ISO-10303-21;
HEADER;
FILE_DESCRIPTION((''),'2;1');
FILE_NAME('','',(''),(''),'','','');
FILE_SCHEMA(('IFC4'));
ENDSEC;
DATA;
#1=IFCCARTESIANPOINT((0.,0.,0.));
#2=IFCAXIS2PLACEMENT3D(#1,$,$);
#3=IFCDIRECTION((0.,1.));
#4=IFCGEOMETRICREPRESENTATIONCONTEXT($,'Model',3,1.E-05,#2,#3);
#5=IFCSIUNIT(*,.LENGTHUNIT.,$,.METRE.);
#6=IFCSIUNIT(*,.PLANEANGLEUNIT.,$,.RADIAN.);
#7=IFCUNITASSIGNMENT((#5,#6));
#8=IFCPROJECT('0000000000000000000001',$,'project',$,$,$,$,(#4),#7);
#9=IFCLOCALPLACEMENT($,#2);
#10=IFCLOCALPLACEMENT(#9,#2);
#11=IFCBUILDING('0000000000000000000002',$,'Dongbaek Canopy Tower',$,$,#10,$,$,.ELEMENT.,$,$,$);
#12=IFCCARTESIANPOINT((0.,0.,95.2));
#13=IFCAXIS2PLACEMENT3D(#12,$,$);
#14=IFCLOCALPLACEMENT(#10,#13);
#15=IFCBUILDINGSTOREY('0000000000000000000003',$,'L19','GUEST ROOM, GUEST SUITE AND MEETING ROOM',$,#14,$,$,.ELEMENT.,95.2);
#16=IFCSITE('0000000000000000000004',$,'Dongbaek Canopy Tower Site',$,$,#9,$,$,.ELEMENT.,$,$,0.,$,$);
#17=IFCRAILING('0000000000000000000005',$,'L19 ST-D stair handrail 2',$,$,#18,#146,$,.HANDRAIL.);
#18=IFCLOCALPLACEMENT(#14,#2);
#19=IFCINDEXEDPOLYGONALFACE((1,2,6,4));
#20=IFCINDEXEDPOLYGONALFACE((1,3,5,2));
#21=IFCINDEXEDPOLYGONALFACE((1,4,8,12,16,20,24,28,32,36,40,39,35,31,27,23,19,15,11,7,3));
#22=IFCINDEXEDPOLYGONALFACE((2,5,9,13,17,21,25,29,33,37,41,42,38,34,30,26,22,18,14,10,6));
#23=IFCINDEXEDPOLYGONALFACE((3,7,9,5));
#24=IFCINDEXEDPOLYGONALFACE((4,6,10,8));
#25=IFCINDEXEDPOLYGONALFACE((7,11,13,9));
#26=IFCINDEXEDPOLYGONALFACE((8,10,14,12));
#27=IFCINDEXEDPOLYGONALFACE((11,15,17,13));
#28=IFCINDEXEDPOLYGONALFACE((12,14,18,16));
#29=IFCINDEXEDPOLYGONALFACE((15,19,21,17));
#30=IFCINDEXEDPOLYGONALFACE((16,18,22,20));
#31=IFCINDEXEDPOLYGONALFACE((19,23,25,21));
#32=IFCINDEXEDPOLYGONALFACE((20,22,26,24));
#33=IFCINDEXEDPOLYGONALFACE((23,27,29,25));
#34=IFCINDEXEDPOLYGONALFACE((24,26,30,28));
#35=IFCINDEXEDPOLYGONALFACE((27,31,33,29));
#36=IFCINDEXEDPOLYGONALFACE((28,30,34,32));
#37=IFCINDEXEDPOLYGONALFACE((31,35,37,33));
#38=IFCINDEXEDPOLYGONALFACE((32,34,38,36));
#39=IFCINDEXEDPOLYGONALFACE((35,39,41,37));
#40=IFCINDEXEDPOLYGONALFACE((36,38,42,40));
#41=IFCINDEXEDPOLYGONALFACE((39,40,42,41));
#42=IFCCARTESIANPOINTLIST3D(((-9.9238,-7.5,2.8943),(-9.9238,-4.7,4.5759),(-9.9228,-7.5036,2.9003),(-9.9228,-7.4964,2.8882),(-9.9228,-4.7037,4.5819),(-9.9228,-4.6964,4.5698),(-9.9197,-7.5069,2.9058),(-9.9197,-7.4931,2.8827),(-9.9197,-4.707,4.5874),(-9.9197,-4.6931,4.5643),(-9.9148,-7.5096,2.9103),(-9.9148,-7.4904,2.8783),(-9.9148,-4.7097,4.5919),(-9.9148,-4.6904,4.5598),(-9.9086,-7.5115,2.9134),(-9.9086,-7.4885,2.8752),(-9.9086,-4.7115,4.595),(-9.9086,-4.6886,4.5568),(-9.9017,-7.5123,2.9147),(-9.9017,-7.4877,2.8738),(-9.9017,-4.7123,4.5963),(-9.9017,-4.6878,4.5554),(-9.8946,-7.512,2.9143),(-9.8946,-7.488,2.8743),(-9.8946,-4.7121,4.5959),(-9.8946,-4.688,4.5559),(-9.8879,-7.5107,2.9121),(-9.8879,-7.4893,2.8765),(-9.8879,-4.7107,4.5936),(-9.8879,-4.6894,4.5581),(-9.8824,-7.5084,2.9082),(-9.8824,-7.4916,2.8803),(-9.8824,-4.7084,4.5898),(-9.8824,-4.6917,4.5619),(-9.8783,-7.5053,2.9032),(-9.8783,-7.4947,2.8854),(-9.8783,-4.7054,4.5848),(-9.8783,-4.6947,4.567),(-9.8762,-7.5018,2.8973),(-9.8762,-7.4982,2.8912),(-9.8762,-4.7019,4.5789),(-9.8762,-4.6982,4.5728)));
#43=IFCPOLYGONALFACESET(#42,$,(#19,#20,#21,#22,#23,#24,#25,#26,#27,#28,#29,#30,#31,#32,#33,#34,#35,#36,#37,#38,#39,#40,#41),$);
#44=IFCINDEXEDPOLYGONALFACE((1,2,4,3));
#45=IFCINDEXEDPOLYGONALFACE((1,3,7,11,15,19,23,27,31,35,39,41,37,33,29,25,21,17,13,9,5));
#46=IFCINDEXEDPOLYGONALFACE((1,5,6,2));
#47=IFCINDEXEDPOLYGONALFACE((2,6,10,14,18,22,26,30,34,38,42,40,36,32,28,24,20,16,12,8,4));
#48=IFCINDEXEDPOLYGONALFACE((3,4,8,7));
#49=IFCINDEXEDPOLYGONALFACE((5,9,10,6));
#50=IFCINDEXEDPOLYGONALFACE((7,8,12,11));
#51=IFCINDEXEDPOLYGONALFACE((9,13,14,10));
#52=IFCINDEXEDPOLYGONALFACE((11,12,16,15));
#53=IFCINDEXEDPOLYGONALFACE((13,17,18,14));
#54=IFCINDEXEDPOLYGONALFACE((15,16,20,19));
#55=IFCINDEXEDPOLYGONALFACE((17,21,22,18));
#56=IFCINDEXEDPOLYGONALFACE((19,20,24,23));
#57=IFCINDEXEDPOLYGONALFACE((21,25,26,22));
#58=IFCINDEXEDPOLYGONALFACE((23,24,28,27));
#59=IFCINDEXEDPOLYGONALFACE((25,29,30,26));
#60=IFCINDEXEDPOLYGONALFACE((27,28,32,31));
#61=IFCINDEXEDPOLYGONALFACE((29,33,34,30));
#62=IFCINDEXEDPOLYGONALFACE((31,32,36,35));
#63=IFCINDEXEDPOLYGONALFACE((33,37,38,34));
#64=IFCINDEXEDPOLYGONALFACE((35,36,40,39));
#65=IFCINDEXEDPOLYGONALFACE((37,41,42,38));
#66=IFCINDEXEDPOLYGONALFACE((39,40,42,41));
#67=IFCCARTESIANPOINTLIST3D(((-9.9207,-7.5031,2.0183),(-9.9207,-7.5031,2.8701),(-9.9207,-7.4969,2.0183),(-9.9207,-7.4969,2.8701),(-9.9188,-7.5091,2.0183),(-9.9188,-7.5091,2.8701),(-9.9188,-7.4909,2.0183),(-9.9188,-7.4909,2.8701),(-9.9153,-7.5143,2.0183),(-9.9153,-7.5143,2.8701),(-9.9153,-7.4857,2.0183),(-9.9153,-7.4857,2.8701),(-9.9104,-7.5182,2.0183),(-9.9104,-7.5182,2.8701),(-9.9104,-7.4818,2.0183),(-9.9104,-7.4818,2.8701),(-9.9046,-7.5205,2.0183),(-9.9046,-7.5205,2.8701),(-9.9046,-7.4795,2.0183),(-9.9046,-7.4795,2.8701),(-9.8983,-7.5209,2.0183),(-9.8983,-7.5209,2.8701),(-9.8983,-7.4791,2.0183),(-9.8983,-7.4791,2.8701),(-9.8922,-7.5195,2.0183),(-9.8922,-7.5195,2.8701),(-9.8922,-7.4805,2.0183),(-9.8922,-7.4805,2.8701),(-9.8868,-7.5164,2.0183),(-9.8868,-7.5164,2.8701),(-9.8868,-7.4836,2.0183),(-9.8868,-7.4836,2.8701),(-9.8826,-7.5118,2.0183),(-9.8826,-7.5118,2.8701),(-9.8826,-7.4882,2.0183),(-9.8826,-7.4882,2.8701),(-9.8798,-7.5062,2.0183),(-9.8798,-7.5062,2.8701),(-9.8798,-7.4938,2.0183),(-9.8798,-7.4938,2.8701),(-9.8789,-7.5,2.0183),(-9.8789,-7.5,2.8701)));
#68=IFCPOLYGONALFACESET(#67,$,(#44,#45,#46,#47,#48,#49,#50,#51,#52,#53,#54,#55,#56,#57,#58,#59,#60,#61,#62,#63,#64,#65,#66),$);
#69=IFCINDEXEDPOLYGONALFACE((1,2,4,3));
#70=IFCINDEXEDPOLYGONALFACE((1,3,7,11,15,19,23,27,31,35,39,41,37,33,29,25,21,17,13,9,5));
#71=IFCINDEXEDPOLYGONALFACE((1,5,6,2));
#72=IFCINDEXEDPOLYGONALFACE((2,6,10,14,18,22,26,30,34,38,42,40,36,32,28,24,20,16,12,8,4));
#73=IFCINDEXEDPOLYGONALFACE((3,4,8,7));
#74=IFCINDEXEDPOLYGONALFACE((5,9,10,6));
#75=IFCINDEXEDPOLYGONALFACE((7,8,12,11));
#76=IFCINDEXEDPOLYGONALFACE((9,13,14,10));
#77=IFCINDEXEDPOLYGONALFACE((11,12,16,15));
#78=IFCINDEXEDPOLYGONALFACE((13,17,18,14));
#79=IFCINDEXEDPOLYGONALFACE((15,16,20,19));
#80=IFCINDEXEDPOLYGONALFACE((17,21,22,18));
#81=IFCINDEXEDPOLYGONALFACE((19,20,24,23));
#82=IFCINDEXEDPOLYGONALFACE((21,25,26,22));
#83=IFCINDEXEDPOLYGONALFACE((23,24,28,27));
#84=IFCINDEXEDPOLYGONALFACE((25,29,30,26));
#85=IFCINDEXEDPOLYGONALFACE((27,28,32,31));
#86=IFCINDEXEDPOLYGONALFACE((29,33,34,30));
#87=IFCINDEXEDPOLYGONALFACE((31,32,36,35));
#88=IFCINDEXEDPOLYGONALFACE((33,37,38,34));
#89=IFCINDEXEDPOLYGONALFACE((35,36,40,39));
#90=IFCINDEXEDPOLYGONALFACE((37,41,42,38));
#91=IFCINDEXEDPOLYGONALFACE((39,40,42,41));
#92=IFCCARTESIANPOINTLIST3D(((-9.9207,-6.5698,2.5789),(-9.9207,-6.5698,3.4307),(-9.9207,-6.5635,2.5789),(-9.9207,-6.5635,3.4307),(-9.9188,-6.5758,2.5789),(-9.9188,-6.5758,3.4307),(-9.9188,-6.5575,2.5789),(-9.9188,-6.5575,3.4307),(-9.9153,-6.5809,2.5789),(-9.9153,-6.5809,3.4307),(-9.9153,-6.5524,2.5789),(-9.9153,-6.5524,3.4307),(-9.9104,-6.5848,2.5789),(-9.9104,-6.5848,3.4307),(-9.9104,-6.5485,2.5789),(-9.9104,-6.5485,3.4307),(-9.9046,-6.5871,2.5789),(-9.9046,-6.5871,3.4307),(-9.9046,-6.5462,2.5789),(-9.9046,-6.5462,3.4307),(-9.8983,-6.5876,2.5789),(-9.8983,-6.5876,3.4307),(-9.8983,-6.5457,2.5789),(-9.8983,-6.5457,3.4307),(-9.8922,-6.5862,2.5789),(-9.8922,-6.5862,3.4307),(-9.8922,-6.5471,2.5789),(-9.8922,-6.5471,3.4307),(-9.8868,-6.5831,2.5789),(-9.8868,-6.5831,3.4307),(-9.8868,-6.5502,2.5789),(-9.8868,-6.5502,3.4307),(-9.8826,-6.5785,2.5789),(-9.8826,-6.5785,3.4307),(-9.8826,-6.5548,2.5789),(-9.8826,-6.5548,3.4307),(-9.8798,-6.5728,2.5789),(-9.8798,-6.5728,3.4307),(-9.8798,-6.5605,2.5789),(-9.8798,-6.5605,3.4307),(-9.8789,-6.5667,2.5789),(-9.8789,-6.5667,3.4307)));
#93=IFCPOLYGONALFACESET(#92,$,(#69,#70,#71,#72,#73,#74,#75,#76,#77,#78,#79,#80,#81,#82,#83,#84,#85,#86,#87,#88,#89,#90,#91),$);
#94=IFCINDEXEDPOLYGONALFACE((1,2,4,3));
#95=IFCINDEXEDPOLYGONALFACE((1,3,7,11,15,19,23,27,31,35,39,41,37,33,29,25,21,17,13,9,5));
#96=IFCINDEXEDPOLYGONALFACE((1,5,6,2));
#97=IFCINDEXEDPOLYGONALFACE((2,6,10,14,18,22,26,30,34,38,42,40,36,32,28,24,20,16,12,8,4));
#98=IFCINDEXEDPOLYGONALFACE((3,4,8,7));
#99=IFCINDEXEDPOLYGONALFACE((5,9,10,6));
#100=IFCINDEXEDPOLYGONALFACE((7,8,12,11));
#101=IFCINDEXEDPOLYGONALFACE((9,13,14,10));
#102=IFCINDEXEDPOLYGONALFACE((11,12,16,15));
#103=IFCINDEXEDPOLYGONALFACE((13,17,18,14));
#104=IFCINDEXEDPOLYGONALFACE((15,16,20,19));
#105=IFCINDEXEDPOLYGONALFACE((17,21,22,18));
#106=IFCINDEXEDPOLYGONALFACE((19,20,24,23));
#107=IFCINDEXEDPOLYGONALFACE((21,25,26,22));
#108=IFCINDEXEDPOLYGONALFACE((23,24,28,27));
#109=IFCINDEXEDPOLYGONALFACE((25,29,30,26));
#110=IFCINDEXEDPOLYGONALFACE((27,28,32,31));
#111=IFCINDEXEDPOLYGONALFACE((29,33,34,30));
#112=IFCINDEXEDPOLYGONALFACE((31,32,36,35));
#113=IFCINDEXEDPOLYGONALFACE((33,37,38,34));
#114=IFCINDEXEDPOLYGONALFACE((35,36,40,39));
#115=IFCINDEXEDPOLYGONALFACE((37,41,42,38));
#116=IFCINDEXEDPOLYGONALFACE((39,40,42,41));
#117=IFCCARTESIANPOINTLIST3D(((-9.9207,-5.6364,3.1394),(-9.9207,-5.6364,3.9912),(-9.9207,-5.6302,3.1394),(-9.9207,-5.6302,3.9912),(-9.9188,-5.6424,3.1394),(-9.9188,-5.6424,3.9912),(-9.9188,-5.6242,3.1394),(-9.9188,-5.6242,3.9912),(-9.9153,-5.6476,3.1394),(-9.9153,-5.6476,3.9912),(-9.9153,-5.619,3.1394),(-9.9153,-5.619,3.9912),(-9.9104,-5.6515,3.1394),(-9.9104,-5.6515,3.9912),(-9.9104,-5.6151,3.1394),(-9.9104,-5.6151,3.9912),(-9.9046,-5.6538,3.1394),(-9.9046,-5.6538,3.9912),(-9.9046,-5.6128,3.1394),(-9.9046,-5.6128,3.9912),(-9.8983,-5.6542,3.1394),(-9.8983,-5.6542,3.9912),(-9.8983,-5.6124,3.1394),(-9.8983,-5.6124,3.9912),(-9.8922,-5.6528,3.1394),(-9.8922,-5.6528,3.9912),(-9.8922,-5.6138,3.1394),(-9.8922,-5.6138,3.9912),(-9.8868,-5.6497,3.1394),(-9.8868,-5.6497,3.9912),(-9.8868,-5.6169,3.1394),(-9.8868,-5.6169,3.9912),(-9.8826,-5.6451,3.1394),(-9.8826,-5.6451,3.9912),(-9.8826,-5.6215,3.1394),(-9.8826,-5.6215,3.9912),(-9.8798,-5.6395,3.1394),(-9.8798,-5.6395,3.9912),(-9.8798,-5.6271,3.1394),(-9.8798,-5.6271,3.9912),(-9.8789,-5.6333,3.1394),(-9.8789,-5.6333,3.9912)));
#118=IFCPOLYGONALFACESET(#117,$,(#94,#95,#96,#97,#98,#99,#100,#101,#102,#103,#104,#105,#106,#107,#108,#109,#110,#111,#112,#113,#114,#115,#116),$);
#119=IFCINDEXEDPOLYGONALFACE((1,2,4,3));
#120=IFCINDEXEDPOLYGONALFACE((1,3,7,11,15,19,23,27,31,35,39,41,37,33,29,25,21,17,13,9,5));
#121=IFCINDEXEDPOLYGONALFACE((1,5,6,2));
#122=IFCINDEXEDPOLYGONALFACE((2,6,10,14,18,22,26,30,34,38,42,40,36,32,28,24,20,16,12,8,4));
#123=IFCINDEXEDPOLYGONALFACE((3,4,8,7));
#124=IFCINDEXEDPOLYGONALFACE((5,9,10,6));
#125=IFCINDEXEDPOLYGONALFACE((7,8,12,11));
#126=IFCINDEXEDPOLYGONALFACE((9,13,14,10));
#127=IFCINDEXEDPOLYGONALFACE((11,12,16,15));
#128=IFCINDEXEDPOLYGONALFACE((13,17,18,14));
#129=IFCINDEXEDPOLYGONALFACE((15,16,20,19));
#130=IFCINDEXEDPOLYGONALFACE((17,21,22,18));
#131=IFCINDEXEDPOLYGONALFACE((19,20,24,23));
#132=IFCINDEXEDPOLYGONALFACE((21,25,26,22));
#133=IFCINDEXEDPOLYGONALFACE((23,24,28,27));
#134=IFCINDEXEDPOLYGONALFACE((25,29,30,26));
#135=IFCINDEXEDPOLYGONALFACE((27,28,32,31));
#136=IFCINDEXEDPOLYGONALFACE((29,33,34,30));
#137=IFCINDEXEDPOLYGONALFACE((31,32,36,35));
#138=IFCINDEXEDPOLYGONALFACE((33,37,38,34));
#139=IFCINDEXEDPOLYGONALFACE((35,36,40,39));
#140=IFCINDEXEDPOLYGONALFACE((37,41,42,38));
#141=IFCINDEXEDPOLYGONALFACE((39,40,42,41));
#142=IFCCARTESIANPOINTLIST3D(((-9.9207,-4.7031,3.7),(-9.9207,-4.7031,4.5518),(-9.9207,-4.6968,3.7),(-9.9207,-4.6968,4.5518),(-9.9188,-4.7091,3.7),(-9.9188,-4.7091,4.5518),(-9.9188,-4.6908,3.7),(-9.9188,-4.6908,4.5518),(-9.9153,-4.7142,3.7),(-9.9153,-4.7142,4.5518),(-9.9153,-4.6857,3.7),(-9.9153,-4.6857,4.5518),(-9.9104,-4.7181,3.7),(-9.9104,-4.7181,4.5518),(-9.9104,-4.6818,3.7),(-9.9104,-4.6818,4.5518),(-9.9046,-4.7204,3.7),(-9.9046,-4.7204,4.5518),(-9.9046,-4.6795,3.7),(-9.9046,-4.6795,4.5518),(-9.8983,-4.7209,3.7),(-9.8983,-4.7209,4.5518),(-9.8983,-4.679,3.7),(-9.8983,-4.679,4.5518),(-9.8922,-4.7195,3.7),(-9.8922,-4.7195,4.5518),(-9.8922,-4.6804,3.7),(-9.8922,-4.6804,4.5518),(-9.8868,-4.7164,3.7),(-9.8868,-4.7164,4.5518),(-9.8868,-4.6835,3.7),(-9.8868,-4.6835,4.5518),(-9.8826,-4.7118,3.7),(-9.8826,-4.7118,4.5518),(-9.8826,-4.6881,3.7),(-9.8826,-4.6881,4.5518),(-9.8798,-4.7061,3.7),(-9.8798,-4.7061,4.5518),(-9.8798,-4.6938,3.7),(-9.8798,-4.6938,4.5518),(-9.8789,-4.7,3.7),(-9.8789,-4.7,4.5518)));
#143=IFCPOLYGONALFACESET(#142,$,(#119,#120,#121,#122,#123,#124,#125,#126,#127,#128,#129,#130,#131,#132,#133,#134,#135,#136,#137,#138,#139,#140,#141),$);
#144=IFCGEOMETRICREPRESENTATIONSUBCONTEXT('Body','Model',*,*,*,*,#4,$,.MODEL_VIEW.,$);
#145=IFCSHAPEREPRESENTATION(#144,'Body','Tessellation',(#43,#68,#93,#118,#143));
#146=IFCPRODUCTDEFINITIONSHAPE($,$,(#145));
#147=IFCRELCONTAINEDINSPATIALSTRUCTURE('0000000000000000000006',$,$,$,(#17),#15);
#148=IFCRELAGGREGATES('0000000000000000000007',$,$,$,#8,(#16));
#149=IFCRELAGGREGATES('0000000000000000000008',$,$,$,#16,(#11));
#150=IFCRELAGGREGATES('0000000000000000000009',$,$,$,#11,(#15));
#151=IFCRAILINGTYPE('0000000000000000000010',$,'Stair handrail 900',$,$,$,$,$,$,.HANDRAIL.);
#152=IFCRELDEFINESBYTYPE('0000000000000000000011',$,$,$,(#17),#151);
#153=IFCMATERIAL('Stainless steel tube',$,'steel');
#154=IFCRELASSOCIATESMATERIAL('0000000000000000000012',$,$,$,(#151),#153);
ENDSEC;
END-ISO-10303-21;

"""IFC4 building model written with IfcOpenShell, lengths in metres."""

from ifc_helpers import new_model, si_unit, direction, frame, origin, origin_2d, place, context, subcontext, project, spatial, circle, extrude, material, type_object, element, save


model = new_model("IFC4")

# Units and contexts
model_context = context("Model", 3, precision=1e-05, world=origin(), true_north=direction((0.0, 1.0)))
body_context = subcontext(model_context, "Body", "Model", "MODEL_VIEW")
ifc_project = project(units=[si_unit("LENGTHUNIT", "METRE"), si_unit("PLANEANGLEUNIT", "RADIAN")], contexts=[model_context])

# Site, building, storey
site_placement = place(None, origin())
site = spatial("IfcSite", under=ifc_project, at=site_placement, Name="Dongbaek Canopy Tower Site", CompositionType="ELEMENT", RefElevation=0.0)
building_placement = place(site_placement, origin())
building = spatial("IfcBuilding", under=site, at=building_placement, Name="Dongbaek Canopy Tower", CompositionType="ELEMENT")
storey_placement = place(building_placement, frame((0.0, 0.0, 95.2)))
storey = spatial("IfcBuildingStorey", under=building, at=storey_placement, Name="L19", Description="GUEST ROOM, GUEST SUITE AND MEETING ROOM", CompositionType="ELEMENT", Elevation=95.2)

# Railing
ifc_material_1 = material(Name="Stainless steel tube", Category="steel")
railing_type_1 = type_object("IfcRailingType", Name="Stair handrail 900", PredefinedType="HANDRAIL", material=ifc_material_1)
railing_1_placement = place(storey_placement, frame((-9.8999, -7.5, 2.0183)))
element("IfcRailing", 1, at=railing_1_placement, inside=storey, type_object=railing_type_1, Name="L19 ST-D stair handrail 2", PredefinedType="HANDRAIL", context=body_context, shape_type="SweptSolid", body=[
    extrude(circle(Radius=0.0239, at=origin_2d()), frame((0.0, 0.0, 0.876), z_axis=(0.0, 0.857275, 0.514858), x_axis=(-1.0, 0.0, 0.0)), (0.0, 0.0, 1.0), 3.2661),
    extrude(circle(Radius=0.021, at=origin_2d()), origin(), (0.0, 0.0, 1.0), 0.8518),
    extrude(circle(Radius=0.021, at=origin_2d()), frame((0.0, 0.9333, 0.5605)), (0.0, 0.0, 1.0), 0.8518),
    extrude(circle(Radius=0.021, at=origin_2d()), frame((0.0, 1.8667, 1.1211)), (0.0, 0.0, 1.0), 0.8518),
    extrude(circle(Radius=0.021, at=origin_2d()), frame((0.0, 2.8, 1.6816)), (0.0, 0.0, 1.0), 0.8518),
])

save(model, "model.ifc")
